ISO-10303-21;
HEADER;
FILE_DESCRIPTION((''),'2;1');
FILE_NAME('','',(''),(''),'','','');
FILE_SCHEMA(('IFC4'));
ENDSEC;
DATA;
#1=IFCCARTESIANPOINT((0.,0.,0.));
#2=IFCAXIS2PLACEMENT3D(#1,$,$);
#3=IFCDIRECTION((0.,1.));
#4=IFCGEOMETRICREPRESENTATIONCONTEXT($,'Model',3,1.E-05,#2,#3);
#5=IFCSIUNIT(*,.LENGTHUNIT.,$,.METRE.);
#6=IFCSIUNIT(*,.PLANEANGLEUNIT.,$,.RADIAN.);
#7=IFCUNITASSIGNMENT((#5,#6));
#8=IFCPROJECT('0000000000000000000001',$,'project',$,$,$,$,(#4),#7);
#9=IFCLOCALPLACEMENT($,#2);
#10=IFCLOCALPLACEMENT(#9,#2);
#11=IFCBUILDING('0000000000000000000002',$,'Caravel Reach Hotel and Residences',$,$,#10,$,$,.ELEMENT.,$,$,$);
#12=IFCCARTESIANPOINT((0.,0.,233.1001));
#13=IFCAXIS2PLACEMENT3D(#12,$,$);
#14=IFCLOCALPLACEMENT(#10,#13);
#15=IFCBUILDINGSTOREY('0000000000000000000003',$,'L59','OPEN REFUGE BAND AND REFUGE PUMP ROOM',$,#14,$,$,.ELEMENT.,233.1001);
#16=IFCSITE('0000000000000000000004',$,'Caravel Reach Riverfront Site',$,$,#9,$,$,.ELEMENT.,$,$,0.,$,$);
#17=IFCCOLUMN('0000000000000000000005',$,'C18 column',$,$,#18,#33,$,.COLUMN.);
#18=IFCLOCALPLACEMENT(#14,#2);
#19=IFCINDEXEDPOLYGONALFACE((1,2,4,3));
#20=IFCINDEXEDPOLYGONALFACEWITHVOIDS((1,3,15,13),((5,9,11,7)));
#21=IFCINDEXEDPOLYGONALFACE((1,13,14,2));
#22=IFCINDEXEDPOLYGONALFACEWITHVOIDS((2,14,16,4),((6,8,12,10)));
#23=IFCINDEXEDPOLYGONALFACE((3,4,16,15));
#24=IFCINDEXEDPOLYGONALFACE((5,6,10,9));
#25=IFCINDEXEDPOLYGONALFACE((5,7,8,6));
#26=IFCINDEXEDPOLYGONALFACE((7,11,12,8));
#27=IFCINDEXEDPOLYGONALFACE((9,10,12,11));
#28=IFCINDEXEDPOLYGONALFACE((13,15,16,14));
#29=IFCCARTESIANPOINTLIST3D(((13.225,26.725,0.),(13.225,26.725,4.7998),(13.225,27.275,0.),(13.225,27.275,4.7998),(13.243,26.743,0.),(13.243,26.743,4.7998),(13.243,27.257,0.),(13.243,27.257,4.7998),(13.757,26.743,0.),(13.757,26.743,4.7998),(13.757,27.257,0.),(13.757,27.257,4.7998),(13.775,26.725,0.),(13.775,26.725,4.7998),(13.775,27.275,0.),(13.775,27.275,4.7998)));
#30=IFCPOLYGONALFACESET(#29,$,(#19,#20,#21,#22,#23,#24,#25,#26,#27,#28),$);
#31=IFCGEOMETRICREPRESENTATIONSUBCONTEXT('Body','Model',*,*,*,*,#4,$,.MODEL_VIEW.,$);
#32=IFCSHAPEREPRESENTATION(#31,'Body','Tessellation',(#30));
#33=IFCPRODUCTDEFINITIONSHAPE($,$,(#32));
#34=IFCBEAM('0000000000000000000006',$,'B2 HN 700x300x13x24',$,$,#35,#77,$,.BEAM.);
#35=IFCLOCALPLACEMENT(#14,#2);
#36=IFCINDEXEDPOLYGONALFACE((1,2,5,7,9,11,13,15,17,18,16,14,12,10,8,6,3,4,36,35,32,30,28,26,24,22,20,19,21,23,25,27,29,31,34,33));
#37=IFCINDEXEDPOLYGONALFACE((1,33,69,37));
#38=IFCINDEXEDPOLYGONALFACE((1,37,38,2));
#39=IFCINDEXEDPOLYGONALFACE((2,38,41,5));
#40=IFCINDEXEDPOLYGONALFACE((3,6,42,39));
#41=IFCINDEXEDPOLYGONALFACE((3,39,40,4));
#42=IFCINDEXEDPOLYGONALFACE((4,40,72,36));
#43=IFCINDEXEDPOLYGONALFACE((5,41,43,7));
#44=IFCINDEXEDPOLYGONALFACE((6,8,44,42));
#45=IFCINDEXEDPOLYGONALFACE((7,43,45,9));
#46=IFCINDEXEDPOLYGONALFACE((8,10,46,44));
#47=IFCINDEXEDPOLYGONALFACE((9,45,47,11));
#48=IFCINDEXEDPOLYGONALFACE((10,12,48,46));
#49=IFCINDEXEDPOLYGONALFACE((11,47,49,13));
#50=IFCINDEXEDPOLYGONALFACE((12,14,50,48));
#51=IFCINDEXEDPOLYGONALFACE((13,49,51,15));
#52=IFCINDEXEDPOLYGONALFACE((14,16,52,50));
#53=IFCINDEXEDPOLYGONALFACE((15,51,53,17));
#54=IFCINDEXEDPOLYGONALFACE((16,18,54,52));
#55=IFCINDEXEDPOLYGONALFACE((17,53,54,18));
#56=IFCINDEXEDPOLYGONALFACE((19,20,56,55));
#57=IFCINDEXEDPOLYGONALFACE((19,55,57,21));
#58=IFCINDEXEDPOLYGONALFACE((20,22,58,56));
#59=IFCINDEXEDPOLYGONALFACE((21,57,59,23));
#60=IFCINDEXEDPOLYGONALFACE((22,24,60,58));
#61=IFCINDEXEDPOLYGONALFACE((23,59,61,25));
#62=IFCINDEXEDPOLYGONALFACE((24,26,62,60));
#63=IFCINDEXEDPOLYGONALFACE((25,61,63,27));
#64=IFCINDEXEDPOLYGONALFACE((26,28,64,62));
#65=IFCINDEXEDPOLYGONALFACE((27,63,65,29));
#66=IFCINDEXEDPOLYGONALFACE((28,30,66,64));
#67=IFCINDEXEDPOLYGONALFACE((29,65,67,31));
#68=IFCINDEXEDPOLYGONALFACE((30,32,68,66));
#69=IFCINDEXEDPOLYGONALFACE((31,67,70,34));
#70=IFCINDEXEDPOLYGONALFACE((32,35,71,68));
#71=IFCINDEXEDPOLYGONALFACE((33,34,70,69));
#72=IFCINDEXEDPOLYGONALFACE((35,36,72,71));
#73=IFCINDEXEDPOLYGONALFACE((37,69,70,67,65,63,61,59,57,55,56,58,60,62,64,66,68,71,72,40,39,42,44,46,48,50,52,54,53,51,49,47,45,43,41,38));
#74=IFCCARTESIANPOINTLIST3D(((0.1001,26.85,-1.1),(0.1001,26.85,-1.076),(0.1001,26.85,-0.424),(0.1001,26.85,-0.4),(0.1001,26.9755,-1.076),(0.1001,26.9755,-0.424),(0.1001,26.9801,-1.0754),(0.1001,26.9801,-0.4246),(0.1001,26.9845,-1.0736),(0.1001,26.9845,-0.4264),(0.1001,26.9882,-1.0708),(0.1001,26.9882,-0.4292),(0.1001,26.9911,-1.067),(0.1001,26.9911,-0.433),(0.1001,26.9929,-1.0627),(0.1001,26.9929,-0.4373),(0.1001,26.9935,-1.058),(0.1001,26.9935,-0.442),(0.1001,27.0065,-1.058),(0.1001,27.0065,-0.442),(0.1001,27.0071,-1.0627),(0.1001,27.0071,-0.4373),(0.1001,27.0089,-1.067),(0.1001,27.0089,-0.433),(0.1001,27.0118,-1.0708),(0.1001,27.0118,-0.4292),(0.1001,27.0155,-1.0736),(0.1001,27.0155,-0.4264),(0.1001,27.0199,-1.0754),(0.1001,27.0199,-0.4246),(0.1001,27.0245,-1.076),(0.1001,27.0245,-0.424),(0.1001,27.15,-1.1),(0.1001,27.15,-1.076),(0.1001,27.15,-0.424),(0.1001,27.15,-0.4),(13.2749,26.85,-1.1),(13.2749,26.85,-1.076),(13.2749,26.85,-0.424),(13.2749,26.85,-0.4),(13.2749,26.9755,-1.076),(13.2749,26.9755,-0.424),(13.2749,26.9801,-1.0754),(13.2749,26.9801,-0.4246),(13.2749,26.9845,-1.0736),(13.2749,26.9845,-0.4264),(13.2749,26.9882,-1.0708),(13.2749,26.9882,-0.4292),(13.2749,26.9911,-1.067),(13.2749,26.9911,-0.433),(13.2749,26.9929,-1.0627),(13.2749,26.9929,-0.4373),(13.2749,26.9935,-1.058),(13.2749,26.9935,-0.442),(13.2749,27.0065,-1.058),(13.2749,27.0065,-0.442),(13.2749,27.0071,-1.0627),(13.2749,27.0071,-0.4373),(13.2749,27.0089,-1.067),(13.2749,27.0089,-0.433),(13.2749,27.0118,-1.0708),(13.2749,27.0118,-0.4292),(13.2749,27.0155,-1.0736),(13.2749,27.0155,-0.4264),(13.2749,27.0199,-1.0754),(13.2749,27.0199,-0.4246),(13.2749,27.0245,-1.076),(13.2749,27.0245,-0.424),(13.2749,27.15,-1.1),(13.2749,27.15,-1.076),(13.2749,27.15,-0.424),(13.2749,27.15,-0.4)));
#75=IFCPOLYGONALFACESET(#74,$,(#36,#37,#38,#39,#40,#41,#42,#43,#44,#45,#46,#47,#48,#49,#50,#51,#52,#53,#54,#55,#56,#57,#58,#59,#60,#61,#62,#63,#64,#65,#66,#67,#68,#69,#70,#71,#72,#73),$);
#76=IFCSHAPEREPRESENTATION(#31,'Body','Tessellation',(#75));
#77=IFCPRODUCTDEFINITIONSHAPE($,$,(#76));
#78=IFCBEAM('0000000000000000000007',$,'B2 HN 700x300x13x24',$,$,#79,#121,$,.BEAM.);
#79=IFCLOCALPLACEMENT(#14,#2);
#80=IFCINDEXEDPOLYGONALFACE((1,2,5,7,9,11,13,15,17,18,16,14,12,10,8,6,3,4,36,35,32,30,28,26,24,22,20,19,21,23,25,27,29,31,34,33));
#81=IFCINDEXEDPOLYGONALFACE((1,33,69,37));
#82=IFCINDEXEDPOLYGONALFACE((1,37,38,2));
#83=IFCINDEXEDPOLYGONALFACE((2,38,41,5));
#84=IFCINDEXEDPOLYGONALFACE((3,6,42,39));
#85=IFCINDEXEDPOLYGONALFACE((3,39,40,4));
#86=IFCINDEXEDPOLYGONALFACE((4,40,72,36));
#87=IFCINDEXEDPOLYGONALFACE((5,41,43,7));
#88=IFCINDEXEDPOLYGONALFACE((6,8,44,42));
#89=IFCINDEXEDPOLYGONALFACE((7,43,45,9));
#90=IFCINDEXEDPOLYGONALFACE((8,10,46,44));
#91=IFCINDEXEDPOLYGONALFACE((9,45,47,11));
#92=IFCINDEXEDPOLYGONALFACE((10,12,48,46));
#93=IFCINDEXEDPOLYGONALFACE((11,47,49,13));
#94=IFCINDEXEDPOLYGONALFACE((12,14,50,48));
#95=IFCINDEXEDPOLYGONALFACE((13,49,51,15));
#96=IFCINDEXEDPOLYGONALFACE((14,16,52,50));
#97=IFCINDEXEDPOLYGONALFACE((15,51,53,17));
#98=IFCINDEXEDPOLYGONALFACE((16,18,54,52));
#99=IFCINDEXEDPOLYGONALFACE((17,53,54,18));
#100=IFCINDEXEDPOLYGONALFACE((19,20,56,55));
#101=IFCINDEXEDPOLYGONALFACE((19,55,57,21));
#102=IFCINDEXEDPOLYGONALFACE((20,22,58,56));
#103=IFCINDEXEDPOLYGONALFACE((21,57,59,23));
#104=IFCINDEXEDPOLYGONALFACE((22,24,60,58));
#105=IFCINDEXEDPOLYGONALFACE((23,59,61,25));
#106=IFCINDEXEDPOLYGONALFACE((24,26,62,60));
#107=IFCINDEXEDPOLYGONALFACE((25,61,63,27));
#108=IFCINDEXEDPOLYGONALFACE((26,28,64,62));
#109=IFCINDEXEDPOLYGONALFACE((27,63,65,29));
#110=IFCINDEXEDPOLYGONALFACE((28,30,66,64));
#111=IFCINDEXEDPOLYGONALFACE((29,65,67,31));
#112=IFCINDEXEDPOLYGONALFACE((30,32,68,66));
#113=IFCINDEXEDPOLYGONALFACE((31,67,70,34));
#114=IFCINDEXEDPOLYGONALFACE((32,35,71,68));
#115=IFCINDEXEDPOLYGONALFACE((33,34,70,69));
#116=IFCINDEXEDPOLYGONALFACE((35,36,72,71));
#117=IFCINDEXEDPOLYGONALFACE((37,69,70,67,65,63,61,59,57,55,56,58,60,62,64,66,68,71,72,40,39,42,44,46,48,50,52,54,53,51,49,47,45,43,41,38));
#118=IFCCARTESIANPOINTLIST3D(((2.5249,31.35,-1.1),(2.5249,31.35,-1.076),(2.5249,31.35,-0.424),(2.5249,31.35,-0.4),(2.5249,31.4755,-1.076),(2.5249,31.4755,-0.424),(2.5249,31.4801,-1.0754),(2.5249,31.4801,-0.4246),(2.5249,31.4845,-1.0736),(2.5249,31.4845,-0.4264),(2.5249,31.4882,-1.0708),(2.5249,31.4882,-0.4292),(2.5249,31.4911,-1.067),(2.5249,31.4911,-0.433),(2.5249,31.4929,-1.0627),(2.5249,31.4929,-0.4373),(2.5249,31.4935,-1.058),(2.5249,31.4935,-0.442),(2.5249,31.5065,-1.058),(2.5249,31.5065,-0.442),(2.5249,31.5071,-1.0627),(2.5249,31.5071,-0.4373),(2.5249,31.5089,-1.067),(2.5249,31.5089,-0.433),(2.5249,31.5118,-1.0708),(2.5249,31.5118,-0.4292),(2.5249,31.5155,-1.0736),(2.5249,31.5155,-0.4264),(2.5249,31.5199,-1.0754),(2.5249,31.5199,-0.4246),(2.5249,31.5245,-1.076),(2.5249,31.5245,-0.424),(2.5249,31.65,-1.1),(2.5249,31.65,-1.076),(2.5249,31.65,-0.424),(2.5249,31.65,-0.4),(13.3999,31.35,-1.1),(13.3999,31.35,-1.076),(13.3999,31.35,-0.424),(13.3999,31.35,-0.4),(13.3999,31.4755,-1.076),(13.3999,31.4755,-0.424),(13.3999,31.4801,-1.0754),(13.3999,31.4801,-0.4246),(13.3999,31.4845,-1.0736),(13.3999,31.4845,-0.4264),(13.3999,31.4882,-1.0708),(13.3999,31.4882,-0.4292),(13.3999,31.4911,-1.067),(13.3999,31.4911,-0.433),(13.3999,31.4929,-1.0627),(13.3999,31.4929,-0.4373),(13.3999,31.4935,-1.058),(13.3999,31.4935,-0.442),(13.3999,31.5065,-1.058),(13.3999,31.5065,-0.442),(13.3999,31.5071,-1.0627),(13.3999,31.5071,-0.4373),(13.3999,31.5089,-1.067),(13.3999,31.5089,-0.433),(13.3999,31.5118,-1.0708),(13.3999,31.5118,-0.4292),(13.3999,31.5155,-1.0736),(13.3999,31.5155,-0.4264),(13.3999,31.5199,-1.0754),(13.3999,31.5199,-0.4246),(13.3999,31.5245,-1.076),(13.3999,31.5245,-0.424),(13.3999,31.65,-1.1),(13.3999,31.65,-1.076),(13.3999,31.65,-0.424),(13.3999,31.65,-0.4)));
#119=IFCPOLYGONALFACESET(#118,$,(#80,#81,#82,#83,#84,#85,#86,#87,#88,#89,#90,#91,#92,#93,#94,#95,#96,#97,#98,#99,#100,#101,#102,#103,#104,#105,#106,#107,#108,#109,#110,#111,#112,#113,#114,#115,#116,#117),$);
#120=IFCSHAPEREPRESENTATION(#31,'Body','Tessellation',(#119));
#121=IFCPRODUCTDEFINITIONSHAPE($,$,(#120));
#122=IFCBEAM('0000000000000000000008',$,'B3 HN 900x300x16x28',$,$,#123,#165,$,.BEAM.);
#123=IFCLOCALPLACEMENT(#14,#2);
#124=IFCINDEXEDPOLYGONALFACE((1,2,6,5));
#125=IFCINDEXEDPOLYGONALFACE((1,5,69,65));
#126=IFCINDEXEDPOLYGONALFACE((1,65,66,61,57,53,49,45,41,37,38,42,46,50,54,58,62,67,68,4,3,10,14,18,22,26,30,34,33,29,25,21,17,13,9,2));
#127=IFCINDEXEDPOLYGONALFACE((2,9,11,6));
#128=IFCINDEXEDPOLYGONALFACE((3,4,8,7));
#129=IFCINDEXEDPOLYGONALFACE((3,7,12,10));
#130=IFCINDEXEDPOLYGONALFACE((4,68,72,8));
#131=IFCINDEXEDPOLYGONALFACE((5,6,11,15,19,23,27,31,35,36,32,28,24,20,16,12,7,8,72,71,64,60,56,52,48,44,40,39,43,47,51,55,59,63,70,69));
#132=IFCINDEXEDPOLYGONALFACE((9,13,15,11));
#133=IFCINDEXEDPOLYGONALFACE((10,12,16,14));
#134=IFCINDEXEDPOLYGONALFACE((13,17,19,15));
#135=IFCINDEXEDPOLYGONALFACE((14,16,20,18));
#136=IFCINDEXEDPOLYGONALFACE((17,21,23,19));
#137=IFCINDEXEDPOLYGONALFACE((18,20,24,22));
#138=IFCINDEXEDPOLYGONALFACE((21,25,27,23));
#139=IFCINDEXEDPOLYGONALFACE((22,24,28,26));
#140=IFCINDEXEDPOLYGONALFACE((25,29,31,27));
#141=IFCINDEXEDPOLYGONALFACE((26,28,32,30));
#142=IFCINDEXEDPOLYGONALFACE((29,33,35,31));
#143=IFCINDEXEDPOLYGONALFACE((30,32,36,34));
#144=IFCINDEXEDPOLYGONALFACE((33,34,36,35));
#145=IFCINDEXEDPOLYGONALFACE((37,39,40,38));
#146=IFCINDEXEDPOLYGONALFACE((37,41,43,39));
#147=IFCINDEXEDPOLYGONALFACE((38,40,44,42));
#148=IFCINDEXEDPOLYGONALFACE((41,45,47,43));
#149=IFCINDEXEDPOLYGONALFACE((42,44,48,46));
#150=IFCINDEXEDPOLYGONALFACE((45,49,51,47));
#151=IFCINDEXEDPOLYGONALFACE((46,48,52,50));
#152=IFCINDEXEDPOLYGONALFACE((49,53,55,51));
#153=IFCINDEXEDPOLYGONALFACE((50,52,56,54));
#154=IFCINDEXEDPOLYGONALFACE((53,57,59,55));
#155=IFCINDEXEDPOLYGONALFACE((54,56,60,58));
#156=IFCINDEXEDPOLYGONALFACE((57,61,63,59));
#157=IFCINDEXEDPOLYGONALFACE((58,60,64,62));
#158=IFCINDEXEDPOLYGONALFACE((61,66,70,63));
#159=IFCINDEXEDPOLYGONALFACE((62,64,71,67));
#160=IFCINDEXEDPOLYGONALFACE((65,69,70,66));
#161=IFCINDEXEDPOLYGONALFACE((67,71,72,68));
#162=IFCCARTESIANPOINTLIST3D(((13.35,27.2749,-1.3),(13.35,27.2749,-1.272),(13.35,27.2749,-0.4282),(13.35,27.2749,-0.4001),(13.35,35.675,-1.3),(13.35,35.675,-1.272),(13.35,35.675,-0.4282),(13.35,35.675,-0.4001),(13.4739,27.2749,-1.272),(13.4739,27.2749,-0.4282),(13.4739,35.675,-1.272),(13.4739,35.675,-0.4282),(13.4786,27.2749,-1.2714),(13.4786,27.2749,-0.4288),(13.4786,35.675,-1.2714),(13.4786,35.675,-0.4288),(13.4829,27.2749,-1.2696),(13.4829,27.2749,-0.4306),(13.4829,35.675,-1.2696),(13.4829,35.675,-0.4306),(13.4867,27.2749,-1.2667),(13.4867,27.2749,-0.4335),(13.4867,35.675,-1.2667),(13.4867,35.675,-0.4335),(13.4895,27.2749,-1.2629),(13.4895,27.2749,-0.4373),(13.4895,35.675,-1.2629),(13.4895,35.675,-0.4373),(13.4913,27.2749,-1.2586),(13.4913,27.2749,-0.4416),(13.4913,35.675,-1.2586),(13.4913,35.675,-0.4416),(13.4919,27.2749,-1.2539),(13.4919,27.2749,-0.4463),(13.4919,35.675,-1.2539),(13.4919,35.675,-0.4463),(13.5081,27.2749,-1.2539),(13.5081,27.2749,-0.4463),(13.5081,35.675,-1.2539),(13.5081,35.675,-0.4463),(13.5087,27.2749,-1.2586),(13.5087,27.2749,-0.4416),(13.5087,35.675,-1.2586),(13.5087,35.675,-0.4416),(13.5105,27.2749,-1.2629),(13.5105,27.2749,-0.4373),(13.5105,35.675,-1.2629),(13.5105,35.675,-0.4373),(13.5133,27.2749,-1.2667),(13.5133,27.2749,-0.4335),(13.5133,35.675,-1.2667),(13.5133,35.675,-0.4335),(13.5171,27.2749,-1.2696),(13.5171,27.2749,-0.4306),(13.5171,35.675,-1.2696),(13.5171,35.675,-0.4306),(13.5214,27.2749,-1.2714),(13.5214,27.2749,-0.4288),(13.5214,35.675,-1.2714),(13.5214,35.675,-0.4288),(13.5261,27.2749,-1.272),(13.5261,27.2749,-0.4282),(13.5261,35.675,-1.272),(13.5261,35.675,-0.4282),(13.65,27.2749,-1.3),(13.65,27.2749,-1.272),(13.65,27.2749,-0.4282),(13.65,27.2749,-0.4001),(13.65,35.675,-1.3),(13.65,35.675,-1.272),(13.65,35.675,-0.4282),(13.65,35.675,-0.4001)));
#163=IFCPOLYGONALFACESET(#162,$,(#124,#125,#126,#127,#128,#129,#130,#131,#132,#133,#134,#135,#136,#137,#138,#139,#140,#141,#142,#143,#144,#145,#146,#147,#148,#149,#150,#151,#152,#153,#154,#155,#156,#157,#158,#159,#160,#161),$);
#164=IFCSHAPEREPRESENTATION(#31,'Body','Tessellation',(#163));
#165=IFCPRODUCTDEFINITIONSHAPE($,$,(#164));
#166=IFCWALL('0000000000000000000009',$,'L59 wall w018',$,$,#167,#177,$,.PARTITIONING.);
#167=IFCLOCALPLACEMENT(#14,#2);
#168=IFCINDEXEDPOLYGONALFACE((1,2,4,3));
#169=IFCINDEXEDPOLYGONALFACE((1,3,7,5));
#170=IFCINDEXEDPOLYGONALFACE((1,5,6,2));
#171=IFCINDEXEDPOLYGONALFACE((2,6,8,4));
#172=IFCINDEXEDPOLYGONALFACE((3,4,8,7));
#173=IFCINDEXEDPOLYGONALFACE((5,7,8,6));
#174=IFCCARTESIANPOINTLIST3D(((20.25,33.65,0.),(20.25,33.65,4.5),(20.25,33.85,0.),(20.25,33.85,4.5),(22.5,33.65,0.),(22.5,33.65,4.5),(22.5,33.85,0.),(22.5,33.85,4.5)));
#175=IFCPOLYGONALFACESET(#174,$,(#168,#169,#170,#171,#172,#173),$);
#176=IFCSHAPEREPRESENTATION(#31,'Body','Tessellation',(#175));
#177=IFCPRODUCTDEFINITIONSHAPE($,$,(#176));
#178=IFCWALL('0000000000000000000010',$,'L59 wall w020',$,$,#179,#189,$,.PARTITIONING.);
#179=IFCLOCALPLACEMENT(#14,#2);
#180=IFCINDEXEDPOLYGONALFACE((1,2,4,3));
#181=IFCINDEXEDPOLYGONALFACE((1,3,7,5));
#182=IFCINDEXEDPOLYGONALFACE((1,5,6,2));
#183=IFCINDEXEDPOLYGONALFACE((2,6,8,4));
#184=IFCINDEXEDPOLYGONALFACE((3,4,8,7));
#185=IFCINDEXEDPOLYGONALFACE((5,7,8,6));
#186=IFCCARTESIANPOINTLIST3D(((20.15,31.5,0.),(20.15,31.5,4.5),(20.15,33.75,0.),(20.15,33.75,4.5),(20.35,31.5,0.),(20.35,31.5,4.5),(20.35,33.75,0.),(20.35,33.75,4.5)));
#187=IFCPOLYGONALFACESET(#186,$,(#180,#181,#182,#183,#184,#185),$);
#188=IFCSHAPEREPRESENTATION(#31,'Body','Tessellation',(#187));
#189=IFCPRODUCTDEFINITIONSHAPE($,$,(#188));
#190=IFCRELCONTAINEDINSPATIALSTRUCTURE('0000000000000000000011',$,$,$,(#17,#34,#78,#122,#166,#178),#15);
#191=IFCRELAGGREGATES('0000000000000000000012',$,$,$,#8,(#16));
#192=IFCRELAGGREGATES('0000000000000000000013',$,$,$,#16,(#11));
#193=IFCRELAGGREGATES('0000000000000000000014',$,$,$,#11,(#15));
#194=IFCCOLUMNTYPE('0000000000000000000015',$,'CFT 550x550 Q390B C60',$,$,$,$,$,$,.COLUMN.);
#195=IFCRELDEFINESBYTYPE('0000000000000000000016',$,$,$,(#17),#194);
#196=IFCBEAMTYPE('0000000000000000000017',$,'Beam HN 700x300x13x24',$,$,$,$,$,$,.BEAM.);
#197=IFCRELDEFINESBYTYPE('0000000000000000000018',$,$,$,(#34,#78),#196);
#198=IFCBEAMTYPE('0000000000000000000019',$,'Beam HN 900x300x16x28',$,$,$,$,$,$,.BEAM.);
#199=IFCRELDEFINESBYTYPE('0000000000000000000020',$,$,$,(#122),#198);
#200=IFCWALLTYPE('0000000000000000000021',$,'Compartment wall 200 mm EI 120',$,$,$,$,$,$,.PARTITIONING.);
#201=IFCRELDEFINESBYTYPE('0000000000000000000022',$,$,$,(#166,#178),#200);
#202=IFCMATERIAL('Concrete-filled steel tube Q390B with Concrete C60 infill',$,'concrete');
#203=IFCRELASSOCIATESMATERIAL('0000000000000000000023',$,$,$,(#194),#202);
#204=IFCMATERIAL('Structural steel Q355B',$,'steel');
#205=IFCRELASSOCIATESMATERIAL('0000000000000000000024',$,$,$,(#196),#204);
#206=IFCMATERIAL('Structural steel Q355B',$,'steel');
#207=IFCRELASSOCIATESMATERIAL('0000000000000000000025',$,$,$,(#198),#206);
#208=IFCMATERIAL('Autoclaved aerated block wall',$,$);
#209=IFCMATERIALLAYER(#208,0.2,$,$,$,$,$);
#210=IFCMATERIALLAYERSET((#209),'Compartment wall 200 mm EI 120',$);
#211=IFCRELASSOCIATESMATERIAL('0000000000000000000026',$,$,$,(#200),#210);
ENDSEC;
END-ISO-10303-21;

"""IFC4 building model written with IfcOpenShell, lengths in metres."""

from ifc_helpers import new_model, si_unit, direction, frame, frame_2d, origin, origin_2d, place, context, subcontext, project, spatial, rectangle, hollow_rectangle, i_section, extrude, material, layer, layer_set, material_profile, profile_set, type_object, element, save


model = new_model("IFC4")

# Units and contexts
model_context = context("Model", 3, precision=1e-05, world=origin(), true_north=direction((0.0, 1.0)))
body_context = subcontext(model_context, "Body", "Model", "MODEL_VIEW")
ifc_project = project(units=[si_unit("LENGTHUNIT", "METRE"), si_unit("PLANEANGLEUNIT", "RADIAN")], contexts=[model_context])

# Site, building, storey
site_placement = place(None, origin())
site = spatial("IfcSite", under=ifc_project, at=site_placement, Name="Caravel Reach Riverfront Site", CompositionType="ELEMENT", RefElevation=0.0)
building_placement = place(site_placement, origin())
building = spatial("IfcBuilding", under=site, at=building_placement, Name="Caravel Reach Hotel and Residences", CompositionType="ELEMENT")
storey_placement = place(building_placement, frame((0.0, 0.0, 233.1001)))
storey = spatial("IfcBuildingStorey", under=building, at=storey_placement, Name="L59", Description="OPEN REFUGE BAND AND REFUGE PUMP ROOM", CompositionType="ELEMENT", Elevation=233.1001)

# Column
ifc_material_1 = material(Name="Concrete-filled steel tube Q390B with Concrete C60 infill", Category="concrete")
ifc_material_profile_1 = material_profile(ifc_material_1, hollow_rectangle(XDim=0.55, YDim=0.55, WallThickness=0.0181, at=origin_2d()), Name="RHS 550x550x18")
ifc_profile_set_1 = profile_set([ifc_material_profile_1], Name="Concrete-filled steel tube Q390B with Concrete C60 infill")
column_type = type_object("IfcColumnType", Name="CFT 550x550 Q390B C60", PredefinedType="COLUMN", material=ifc_profile_set_1)
column_placement = place(storey_placement, frame((13.5, 27.0, 0.0), z_axis=(0.0, 0.0, 1.0), x_axis=(1.0, 0.0, 0.0)))
element("IfcColumn", 1, at=column_placement, inside=storey, type_object=column_type, Name="C18 column", PredefinedType="COLUMN", context=body_context, shape_type="SweptSolid", body=[
    extrude(hollow_rectangle(XDim=0.55, YDim=0.55, WallThickness=0.0181, at=origin_2d()), origin(), (0.0, 0.0, 1.0), 4.7998),
])

# Beams
ifc_material_2 = material(Name="Structural steel Q355B", Category="steel")
ifc_material_profile_2 = material_profile(ifc_material_2, i_section(OverallWidth=0.3, OverallDepth=0.7, WebThickness=0.0129, FlangeThickness=0.0239, FilletRadius=0.0181, at=origin_2d()), Name="HN 700x300x13x24")
ifc_profile_set_2 = profile_set([ifc_material_profile_2], Name="Structural steel Q355B")
beam_type_1 = type_object("IfcBeamType", Name="Beam HN 700x300x13x24", PredefinedType="BEAM", material=ifc_profile_set_2)
beam_1_placement = place(storey_placement, frame((13.2749, 27.0, -0.75), z_axis=(-1.0, 0.0, 0.0), x_axis=(0.0, -1.0, 0.0)))
element("IfcBeam", 2, at=beam_1_placement, inside=storey, type_object=beam_type_1, Name="B2 HN 700x300x13x24", PredefinedType="BEAM", context=body_context, shape_type="SweptSolid", body=[
    extrude(i_section(OverallWidth=0.3, OverallDepth=0.7, WebThickness=0.0129, FlangeThickness=0.0239, FilletRadius=0.0181, at=origin_2d()), origin(), (0.0, 0.0, 1.0), 13.1748),
])
beam_2_placement = place(storey_placement, frame((13.3999, 31.5, -0.75), z_axis=(-1.0, 0.0, 0.0), x_axis=(0.0, -1.0, 0.0)))
element("IfcBeam", 3, at=beam_2_placement, inside=storey, type_object=beam_type_1, Name="B2 HN 700x300x13x24", PredefinedType="BEAM", context=body_context, shape_type="SweptSolid", body=[
    extrude(i_section(OverallWidth=0.3, OverallDepth=0.7, WebThickness=0.0129, FlangeThickness=0.0239, FilletRadius=0.0181, at=origin_2d()), origin(), (0.0, 0.0, 1.0), 10.875),
])
ifc_material_3 = material(Name="Structural steel Q355B", Category="steel")
ifc_material_profile_3 = material_profile(ifc_material_3, i_section(OverallWidth=0.3, OverallDepth=0.8999, WebThickness=0.0161, FlangeThickness=0.0281, FilletRadius=0.0181, at=origin_2d()), Name="HN 900x300x16x28")
ifc_profile_set_3 = profile_set([ifc_material_profile_3], Name="Structural steel Q355B")
beam_type_2 = type_object("IfcBeamType", Name="Beam HN 900x300x16x28", PredefinedType="BEAM", material=ifc_profile_set_3)
beam_3_placement = place(storey_placement, frame((13.5, 27.2749, -0.8501), z_axis=(0.0, 1.0, 0.0), x_axis=(-1.0, 0.0, 0.0)))
element("IfcBeam", 4, at=beam_3_placement, inside=storey, type_object=beam_type_2, Name="B3 HN 900x300x16x28", PredefinedType="BEAM", context=body_context, shape_type="SweptSolid", body=[
    extrude(i_section(OverallWidth=0.3, OverallDepth=0.8999, WebThickness=0.0161, FlangeThickness=0.0281, FilletRadius=0.0181, at=origin_2d()), origin(), (0.0, 0.0, 1.0), 8.4001),
])

# Walls
ifc_material_4 = material(Name="Autoclaved aerated block wall")
ifc_layer_1 = layer(ifc_material_4, 0.2)
ifc_layer_set_1 = layer_set([ifc_layer_1], Name="Compartment wall 200 mm EI 120")
wall_type_1 = type_object("IfcWallType", Name="Compartment wall 200 mm EI 120", PredefinedType="PARTITIONING", material=ifc_layer_set_1)
for number, where, z_axis, x_axis, name in (
    (5, (20.25, 33.75, 0.0), (0.0, 0.0, 1.0), (1.0, 0.0, 0.0), "L59 wall w018"),
    (6, (20.25, 31.5, 0.0), (0.0, 0.0, 1.0), (0.0, 1.0, 0.0), "L59 wall w020"),
):
    element("IfcWall", number, at=place(storey_placement, frame(where, z_axis=z_axis, x_axis=x_axis)), inside=storey, type_object=wall_type_1, Name=name, PredefinedType="PARTITIONING", context=body_context, shape_type="SweptSolid", body=[
        extrude(rectangle(XDim=2.25, YDim=0.2, at=frame_2d((1.125, 0.0))), origin(), (0.0, 0.0, 1.0), 4.5),
    ])

save(model, "model.ifc")
